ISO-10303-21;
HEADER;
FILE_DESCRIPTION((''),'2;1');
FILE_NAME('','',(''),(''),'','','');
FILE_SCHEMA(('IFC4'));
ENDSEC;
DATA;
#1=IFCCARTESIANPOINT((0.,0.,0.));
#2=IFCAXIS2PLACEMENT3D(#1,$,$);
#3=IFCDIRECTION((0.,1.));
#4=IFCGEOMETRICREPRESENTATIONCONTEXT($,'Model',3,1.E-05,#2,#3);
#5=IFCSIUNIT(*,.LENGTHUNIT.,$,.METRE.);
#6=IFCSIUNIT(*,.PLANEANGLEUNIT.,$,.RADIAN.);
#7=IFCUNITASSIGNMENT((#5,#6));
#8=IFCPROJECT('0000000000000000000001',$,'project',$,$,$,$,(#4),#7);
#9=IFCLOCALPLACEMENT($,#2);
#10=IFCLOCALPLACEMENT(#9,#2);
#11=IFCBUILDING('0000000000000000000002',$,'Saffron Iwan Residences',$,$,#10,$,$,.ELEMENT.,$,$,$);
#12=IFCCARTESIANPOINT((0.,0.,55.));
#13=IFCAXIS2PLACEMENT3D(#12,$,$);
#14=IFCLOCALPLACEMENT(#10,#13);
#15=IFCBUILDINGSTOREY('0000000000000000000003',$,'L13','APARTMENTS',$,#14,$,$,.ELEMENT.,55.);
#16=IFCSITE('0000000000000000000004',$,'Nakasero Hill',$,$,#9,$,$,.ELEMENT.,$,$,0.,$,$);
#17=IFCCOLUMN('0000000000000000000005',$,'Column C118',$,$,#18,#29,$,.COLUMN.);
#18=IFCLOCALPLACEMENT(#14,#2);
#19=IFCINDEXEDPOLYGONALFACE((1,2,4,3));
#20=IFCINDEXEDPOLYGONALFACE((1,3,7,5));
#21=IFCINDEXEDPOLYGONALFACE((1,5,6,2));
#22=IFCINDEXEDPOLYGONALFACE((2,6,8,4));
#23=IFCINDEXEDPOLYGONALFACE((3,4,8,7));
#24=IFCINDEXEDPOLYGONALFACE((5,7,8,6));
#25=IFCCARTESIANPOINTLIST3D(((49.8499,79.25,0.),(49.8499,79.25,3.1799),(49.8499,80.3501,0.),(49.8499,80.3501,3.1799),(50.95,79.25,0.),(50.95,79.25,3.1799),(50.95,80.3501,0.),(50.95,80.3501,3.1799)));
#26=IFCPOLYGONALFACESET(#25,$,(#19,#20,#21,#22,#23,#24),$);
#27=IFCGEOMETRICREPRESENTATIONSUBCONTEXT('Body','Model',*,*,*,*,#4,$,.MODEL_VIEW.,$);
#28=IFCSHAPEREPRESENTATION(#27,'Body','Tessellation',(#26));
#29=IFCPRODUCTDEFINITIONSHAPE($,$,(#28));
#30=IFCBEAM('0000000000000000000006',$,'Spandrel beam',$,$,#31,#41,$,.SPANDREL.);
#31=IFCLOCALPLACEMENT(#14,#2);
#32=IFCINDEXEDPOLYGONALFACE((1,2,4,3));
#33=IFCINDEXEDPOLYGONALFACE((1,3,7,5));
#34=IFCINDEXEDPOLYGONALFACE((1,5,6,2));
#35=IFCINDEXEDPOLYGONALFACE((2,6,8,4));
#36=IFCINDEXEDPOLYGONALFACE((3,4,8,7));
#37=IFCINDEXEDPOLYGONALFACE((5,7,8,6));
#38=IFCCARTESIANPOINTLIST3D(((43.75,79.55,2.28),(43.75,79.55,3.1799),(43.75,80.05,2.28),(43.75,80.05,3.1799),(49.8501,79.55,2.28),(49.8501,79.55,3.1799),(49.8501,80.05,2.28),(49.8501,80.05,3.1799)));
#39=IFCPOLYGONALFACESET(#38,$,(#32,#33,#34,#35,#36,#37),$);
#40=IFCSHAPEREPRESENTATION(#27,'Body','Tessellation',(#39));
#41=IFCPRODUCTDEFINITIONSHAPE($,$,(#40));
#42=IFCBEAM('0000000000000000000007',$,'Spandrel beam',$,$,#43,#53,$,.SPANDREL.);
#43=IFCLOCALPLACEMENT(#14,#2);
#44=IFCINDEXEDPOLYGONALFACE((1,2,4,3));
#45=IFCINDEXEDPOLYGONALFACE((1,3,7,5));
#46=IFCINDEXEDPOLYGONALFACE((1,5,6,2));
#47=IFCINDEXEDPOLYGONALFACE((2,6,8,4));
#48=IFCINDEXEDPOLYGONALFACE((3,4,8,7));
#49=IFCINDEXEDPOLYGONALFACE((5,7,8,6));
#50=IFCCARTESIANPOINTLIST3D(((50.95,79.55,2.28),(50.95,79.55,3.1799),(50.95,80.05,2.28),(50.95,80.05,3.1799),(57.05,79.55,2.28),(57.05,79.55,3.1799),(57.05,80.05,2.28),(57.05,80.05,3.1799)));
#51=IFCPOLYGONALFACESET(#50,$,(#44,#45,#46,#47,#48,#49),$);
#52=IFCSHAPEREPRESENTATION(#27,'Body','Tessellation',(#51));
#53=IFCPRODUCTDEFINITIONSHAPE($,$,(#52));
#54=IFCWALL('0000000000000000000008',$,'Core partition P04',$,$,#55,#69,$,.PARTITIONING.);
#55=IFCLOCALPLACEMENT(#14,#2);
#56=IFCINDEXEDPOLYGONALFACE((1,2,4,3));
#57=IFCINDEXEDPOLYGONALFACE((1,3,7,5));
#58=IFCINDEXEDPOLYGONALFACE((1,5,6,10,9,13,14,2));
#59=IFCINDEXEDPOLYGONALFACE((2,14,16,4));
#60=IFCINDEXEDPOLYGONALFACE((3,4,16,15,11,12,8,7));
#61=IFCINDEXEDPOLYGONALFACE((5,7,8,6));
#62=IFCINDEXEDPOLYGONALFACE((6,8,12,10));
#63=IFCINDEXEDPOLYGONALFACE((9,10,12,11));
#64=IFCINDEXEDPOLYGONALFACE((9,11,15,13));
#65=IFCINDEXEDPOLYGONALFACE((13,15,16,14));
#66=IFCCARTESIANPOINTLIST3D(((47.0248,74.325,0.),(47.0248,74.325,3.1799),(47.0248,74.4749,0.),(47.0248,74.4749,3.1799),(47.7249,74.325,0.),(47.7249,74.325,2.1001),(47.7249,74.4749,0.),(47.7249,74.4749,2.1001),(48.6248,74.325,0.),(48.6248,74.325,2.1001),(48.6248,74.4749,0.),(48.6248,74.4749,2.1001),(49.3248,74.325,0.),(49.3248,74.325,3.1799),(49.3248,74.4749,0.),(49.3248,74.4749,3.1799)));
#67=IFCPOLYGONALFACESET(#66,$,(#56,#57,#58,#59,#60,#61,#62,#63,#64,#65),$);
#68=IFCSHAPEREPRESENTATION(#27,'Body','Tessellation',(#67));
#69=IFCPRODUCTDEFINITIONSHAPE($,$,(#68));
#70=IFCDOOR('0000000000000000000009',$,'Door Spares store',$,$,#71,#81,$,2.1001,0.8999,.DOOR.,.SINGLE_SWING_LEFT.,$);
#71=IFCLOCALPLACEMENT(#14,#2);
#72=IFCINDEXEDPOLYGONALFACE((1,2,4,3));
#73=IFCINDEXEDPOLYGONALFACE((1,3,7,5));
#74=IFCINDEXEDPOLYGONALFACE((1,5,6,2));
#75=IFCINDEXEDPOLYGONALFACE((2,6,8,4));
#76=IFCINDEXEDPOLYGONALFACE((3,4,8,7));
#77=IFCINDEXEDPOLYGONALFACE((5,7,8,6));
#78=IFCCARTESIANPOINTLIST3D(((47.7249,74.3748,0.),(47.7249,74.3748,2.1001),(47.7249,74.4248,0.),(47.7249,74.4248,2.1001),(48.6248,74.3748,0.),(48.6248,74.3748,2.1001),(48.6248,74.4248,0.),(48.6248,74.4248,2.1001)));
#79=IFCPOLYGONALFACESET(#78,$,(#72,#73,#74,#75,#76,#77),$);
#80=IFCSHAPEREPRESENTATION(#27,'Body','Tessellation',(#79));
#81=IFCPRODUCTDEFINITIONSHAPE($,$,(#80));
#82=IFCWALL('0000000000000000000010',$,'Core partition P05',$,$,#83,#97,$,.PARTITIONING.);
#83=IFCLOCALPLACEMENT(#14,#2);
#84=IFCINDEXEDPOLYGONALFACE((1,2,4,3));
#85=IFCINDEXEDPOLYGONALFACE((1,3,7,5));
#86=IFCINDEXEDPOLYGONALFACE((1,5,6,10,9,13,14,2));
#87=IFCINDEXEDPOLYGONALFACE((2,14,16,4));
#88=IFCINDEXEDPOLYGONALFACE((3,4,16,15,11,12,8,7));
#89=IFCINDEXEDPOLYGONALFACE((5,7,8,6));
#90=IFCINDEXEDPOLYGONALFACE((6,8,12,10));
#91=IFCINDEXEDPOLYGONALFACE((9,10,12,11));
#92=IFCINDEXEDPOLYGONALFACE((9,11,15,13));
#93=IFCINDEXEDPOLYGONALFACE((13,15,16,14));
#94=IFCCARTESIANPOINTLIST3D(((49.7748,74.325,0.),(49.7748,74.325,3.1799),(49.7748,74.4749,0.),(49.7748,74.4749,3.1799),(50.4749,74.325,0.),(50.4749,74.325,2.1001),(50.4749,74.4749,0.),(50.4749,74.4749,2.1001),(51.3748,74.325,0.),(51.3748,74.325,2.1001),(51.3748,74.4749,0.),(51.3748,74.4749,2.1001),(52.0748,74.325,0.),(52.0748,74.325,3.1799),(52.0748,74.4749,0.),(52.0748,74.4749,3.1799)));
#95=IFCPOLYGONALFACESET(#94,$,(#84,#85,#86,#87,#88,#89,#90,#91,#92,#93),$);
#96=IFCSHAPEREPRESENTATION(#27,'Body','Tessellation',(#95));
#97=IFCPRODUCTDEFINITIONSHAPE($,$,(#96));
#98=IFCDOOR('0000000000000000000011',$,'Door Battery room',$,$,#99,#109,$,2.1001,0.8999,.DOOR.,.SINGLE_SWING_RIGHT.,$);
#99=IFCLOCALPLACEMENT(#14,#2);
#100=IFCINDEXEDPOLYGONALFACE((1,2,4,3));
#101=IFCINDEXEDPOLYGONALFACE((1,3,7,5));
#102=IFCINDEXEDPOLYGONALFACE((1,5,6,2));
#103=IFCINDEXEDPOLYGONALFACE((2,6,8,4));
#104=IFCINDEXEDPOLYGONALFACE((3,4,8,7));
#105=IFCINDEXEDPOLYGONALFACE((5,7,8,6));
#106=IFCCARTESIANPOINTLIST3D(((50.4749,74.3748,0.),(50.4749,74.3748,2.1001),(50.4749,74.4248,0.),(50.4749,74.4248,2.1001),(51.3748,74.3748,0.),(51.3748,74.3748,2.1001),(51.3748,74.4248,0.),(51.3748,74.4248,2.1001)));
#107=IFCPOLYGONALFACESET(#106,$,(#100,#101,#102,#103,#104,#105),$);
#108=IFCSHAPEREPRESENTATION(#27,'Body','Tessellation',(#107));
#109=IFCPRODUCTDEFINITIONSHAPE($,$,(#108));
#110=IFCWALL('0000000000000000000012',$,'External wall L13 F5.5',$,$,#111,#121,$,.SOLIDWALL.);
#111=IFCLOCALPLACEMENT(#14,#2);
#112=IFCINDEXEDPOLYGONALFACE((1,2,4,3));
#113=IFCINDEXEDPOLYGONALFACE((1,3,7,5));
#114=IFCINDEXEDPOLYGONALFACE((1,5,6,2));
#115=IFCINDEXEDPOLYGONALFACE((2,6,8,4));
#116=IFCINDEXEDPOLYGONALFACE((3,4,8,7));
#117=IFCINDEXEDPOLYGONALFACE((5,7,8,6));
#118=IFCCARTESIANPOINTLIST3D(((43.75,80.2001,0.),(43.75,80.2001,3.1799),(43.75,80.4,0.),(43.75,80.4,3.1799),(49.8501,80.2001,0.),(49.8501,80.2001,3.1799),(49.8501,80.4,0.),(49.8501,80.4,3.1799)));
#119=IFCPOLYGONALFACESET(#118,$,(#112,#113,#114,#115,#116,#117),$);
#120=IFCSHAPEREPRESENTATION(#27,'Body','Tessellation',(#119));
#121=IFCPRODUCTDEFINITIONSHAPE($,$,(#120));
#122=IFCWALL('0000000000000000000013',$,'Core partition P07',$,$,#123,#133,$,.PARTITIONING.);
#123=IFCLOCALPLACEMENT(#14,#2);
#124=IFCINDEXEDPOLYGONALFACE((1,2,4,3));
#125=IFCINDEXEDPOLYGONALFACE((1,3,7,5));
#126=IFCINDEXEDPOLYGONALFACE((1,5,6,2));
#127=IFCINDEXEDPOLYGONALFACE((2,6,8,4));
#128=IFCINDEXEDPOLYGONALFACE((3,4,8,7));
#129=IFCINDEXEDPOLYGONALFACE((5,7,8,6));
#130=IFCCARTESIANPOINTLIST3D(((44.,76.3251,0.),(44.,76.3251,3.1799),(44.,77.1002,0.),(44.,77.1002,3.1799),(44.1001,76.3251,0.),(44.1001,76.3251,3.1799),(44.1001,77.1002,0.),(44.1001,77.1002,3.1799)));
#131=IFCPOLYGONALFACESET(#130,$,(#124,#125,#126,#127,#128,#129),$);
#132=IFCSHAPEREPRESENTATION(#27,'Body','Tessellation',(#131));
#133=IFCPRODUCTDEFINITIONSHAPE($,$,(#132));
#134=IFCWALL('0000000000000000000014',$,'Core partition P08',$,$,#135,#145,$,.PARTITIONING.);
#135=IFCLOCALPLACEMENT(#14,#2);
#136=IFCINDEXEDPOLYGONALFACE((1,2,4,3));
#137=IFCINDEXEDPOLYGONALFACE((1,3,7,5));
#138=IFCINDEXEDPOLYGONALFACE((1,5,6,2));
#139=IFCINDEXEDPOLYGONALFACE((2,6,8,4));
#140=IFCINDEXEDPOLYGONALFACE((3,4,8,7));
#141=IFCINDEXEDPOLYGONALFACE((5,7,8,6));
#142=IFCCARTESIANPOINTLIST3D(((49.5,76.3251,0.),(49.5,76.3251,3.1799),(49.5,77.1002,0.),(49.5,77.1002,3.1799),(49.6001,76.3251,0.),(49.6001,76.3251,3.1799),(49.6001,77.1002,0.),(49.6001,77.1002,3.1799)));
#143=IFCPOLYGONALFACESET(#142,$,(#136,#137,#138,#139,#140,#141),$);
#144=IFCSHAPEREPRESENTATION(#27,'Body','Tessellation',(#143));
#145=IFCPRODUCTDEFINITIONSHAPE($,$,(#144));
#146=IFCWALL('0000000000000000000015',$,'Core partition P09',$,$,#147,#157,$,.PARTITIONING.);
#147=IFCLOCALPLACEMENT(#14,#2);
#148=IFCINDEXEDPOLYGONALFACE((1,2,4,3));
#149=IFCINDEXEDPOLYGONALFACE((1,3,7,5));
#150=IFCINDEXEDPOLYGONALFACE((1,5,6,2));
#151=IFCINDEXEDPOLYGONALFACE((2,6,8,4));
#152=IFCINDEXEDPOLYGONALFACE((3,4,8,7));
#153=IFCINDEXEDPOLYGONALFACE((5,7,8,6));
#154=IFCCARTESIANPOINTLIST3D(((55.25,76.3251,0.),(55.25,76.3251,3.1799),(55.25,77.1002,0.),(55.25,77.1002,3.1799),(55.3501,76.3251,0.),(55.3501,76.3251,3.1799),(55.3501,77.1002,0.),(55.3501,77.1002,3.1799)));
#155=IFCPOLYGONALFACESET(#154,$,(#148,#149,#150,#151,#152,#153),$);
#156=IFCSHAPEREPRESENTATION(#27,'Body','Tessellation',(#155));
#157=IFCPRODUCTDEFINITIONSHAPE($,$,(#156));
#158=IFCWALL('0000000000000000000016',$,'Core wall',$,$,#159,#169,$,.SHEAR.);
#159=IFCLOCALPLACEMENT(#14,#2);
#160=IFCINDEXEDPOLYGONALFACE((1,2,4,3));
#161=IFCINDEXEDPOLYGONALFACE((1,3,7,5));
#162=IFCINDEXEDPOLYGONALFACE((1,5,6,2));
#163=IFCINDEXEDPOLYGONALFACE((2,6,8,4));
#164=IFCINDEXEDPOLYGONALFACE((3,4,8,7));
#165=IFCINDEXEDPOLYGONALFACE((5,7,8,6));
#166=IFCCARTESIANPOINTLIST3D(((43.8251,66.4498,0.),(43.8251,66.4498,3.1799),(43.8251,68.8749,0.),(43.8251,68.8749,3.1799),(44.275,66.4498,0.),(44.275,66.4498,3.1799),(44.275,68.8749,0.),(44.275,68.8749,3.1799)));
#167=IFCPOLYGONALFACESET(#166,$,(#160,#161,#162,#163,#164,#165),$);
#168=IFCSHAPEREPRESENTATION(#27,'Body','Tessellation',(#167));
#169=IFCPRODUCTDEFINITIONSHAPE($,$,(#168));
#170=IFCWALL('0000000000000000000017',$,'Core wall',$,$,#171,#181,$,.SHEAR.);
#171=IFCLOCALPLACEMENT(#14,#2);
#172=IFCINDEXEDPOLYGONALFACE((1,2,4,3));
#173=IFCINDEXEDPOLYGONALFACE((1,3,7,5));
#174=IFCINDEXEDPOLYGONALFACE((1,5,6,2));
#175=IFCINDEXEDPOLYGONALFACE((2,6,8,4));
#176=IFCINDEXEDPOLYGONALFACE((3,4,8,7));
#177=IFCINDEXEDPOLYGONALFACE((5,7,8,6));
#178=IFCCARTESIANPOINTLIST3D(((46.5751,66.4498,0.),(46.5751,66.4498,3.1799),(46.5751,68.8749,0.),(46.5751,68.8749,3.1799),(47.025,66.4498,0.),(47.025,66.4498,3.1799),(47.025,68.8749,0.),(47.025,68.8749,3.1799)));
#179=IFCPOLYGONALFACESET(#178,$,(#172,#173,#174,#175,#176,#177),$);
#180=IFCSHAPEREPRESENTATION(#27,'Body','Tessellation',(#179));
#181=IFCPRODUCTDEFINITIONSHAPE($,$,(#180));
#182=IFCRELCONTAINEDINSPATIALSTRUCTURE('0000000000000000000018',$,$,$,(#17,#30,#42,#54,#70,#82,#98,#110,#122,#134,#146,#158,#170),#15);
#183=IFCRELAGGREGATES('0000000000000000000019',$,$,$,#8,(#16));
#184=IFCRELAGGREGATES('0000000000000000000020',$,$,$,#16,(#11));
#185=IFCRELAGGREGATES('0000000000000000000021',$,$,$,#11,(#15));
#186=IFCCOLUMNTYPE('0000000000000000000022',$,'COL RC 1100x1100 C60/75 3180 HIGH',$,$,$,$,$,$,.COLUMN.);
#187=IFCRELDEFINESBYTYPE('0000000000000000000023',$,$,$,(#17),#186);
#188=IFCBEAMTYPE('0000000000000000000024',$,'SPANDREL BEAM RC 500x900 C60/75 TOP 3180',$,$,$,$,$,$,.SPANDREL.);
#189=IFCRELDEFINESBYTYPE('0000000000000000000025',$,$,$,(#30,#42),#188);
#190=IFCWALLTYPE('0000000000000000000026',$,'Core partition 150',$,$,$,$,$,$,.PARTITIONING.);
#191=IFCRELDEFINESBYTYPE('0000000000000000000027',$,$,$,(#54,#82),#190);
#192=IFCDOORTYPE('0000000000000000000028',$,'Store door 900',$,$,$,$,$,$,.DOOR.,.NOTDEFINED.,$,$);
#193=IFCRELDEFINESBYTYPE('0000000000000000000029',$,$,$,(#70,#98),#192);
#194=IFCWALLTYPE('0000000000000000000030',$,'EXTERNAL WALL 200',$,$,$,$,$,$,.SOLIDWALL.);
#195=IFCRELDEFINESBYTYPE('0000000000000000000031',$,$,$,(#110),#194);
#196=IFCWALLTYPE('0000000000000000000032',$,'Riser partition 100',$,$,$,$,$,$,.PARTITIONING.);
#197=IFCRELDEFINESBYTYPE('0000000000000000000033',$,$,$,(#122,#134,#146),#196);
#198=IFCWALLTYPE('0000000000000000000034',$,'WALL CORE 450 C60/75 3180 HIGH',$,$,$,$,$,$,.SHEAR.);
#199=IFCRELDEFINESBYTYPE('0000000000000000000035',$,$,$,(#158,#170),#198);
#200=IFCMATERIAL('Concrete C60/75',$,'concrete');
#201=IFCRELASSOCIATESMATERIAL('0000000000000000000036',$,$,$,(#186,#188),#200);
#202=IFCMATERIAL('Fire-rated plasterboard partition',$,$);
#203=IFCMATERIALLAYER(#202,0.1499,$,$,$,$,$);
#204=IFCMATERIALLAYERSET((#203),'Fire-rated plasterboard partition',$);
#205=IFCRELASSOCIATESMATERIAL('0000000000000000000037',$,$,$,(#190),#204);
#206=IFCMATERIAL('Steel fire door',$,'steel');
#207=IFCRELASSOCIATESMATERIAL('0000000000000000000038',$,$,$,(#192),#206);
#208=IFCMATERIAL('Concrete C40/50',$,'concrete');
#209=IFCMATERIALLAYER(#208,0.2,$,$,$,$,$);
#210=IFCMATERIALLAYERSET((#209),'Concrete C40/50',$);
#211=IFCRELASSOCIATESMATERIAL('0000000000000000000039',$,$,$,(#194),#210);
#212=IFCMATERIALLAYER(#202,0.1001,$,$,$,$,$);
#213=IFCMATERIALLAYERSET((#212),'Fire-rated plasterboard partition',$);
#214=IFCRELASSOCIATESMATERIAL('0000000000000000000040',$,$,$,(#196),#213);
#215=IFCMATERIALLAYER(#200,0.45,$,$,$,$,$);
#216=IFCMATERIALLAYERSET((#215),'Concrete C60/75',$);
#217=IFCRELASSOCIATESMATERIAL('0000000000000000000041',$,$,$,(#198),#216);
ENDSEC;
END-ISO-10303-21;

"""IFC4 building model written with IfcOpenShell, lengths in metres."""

from ifc_helpers import new_model, si_unit, direction, frame, frame_2d, origin, origin_2d, place, context, subcontext, project, spatial, rectangle, extrude, source, transform, mapped, material, layer, layer_set, material_profile, profile_set, type_object, element, fill, save


model = new_model("IFC4")

# Units and contexts
model_context = context("Model", 3, precision=1e-05, world=origin(), true_north=direction((0.0, 1.0)))
body_context = subcontext(model_context, "Body", "Model", "MODEL_VIEW")
ifc_project = project(units=[si_unit("LENGTHUNIT", "METRE"), si_unit("PLANEANGLEUNIT", "RADIAN")], contexts=[model_context])

# Site, building, storey
site_placement = place(None, origin())
site = spatial("IfcSite", under=ifc_project, at=site_placement, Name="Nakasero Hill", CompositionType="ELEMENT", RefElevation=0.0)
building_placement = place(site_placement, origin())
building = spatial("IfcBuilding", under=site, at=building_placement, Name="Saffron Iwan Residences", CompositionType="ELEMENT")
storey_placement = place(building_placement, frame((0.0, 0.0, 55.0)))
storey = spatial("IfcBuildingStorey", under=building, at=storey_placement, Name="L13", Description="APARTMENTS", CompositionType="ELEMENT", Elevation=55.0)

# Column
ifc_material_1 = material(Name="Concrete C60/75", Category="concrete")
ifc_material_profile_1 = material_profile(ifc_material_1, rectangle(XDim=1.1001, YDim=1.1001, at=origin_2d()), Name="RC 1100x1100")
ifc_profile_set_1 = profile_set([ifc_material_profile_1], Name="Concrete C60/75")
column_type = type_object("IfcColumnType", Name="COL RC 1100x1100 C60/75 3180 HIGH", PredefinedType="COLUMN", material=ifc_profile_set_1)
shared_shape_1 = source(origin(), body_context, "Body", "SweptSolid", [
    extrude(rectangle(XDim=1.1001, YDim=1.1001, at=origin_2d()), origin(), (0.0, 0.0, 1.0), 3.1799),
])
column_placement = place(storey_placement, frame((50.3999, 79.8, 0.0), z_axis=(0.0, 0.0, 1.0), x_axis=(1.0, 0.0, 0.0)))
element("IfcColumn", 1, at=column_placement, inside=storey, type_object=column_type, Name="Column C118", PredefinedType="COLUMN", context=body_context, shape_type="MappedRepresentation", body=[
    mapped(shared_shape_1, transform((0.0, 0.0, 0.0))),
])

# Beams
ifc_material_profile_2 = material_profile(ifc_material_1, rectangle(XDim=0.5, YDim=0.8999, at=origin_2d()), Name="RC 500x900")
ifc_profile_set_2 = profile_set([ifc_material_profile_2], Name="Concrete C60/75")
beam_type = type_object("IfcBeamType", Name="SPANDREL BEAM RC 500x900 C60/75 TOP 3180", PredefinedType="SPANDREL", material=ifc_profile_set_2)
shared_shape_2 = source(origin(), body_context, "Body", "SweptSolid", [
    extrude(rectangle(XDim=0.5, YDim=0.8999, at=origin_2d()), origin(), (0.0, 0.0, 1.0), 6.1001),
])
for number, where, z_axis, x_axis, name in (
    (2, (43.75, 79.8, 2.73), (1.0, 0.0, 0.0), (0.0, 1.0, 0.0), "Spandrel beam"),
    (3, (50.95, 79.8, 2.73), (1.0, 0.0, 0.0), (0.0, 1.0, 0.0), "Spandrel beam"),
):
    element("IfcBeam", number, at=place(storey_placement, frame(where, z_axis=z_axis, x_axis=x_axis)), inside=storey, type_object=beam_type, Name=name, PredefinedType="SPANDREL", context=body_context, shape_type="MappedRepresentation", body=[
        mapped(shared_shape_2, transform((0.0, 0.0, 0.0))),
    ])

# Walls, openings, doors
ifc_material_2 = material(Name="Fire-rated plasterboard partition")
ifc_layer_1 = layer(ifc_material_2, 0.1499)
ifc_layer_set_1 = layer_set([ifc_layer_1], Name="Fire-rated plasterboard partition")
wall_type_1 = type_object("IfcWallType", Name="Core partition 150", PredefinedType="PARTITIONING", material=ifc_layer_set_1)
wall_1_placement = place(storey_placement, frame((47.0249, 74.3999, 0.0), z_axis=(0.0, 0.0, 1.0), x_axis=(1.0, 0.0, 0.0)))
wall_1 = element("IfcWall", 4, at=wall_1_placement, inside=storey, type_object=wall_type_1, Name="Core partition P04", PredefinedType="PARTITIONING", context=body_context, shape_type="SweptSolid", body=[
    extrude(rectangle(XDim=2.3, YDim=0.1499, at=frame_2d((1.1499, 0.0))), origin(), (0.0, 0.0, 1.0), 3.1799),
])
opening_1_placement = place(wall_1_placement, frame((0.7, 0.0, 0.0)))
opening_1 = element("IfcOpeningElement", 5, at=opening_1_placement, cuts=wall_1, PredefinedType="OPENING", context=body_context, shape_type="SweptSolid", body=[
    extrude(rectangle(XDim=0.8999, YDim=2.1001, at=frame_2d((0.45, 1.05))), frame((0.0, 0.085, 0.0), z_axis=(0.0, -1.0, 0.0), x_axis=(1.0, 0.0, 0.0)), (0.0, 0.0, 1.0), 0.1699),
])
ifc_material_3 = material(Name="Steel fire door", Category="steel")
door_type = type_object("IfcDoorType", Name="Store door 900", OperationType="NOTDEFINED", PredefinedType="DOOR", material=ifc_material_3)
door_1_placement = place(opening_1_placement, origin())
door_1 = element("IfcDoor", 6, at=door_1_placement, inside=storey, type_object=door_type, Name="Door Spares store", OperationType="SINGLE_SWING_LEFT", OverallHeight=2.1001, OverallWidth=0.8999, PredefinedType="DOOR", context=body_context, shape_type="SweptSolid", body=[
    extrude(rectangle(XDim=0.8999, YDim=2.1001, at=frame_2d((0.45, 1.05))), frame((0.0, 0.0249, 0.0), z_axis=(0.0, -1.0, 0.0), x_axis=(1.0, 0.0, 0.0)), (0.0, 0.0, 1.0), 0.05),
])
fill(opening_1, door_1)
wall_2_placement = place(storey_placement, frame((49.7749, 74.3999, 0.0), z_axis=(0.0, 0.0, 1.0), x_axis=(1.0, 0.0, 0.0)))
wall_2 = element("IfcWall", 7, at=wall_2_placement, inside=storey, type_object=wall_type_1, Name="Core partition P05", PredefinedType="PARTITIONING", context=body_context, shape_type="SweptSolid", body=[
    extrude(rectangle(XDim=2.3, YDim=0.1499, at=frame_2d((1.1499, 0.0))), origin(), (0.0, 0.0, 1.0), 3.1799),
])
opening_2_placement = place(wall_2_placement, frame((0.7, 0.0, 0.0)))
opening_2 = element("IfcOpeningElement", 8, at=opening_2_placement, cuts=wall_2, PredefinedType="OPENING", context=body_context, shape_type="SweptSolid", body=[
    extrude(rectangle(XDim=0.8999, YDim=2.1001, at=frame_2d((0.45, 1.05))), frame((0.0, 0.085, 0.0), z_axis=(0.0, -1.0, 0.0), x_axis=(1.0, 0.0, 0.0)), (0.0, 0.0, 1.0), 0.1699),
])
door_2_placement = place(opening_2_placement, origin())
door_2 = element("IfcDoor", 9, at=door_2_placement, inside=storey, type_object=door_type, Name="Door Battery room", OperationType="SINGLE_SWING_RIGHT", OverallHeight=2.1001, OverallWidth=0.8999, PredefinedType="DOOR", context=body_context, shape_type="SweptSolid", body=[
    extrude(rectangle(XDim=0.8999, YDim=2.1001, at=frame_2d((0.45, 1.05))), frame((0.0, 0.0249, 0.0), z_axis=(0.0, -1.0, 0.0), x_axis=(1.0, 0.0, 0.0)), (0.0, 0.0, 1.0), 0.05),
])
fill(opening_2, door_2)

# Walls
ifc_material_4 = material(Name="Concrete C40/50", Category="concrete")
ifc_layer_2 = layer(ifc_material_4, 0.2)
ifc_layer_set_2 = layer_set([ifc_layer_2], Name="Concrete C40/50")
wall_type_2 = type_object("IfcWallType", Name="EXTERNAL WALL 200", PredefinedType="SOLIDWALL", material=ifc_layer_set_2)
wall_3_placement = place(storey_placement, frame((49.8501, 80.3, 0.0), z_axis=(0.0, 0.0, 1.0), x_axis=(-1.0, 0.0, 0.0)))
element("IfcWall", 10, at=wall_3_placement, inside=storey, type_object=wall_type_2, Name="External wall L13 F5.5", PredefinedType="SOLIDWALL", context=body_context, shape_type="SweptSolid", body=[
    extrude(rectangle(XDim=6.1001, YDim=0.2, at=frame_2d((3.05, 0.0))), origin(), (0.0, 0.0, 1.0), 3.1799),
])
ifc_layer_3 = layer(ifc_material_2, 0.1001)
ifc_layer_set_3 = layer_set([ifc_layer_3], Name="Fire-rated plasterboard partition")
wall_type_3 = type_object("IfcWallType", Name="Riser partition 100", PredefinedType="PARTITIONING", material=ifc_layer_set_3)
for number, where, z_axis, x_axis, name in (
    (11, (44.05, 76.325, 0.0), (0.0, 0.0, 1.0), (0.0, 1.0, 0.0), "Core partition P07"),
    (12, (49.55, 76.325, 0.0), (0.0, 0.0, 1.0), (0.0, 1.0, 0.0), "Core partition P08"),
    (13, (55.3, 76.325, 0.0), (0.0, 0.0, 1.0), (0.0, 1.0, 0.0), "Core partition P09"),
):
    element("IfcWall", number, at=place(storey_placement, frame(where, z_axis=z_axis, x_axis=x_axis)), inside=storey, type_object=wall_type_3, Name=name, PredefinedType="PARTITIONING", context=body_context, shape_type="SweptSolid", body=[
        extrude(rectangle(XDim=0.7751, YDim=0.1001, at=frame_2d((0.3877, 0.0))), origin(), (0.0, 0.0, 1.0), 3.1799),
    ])
ifc_layer_4 = layer(ifc_material_1, 0.45)
ifc_layer_set_4 = layer_set([ifc_layer_4], Name="Concrete C60/75")
wall_type_4 = type_object("IfcWallType", Name="WALL CORE 450 C60/75 3180 HIGH", PredefinedType="SHEAR", material=ifc_layer_set_4)
for number, where, z_axis, x_axis, name in (
    (14, (44.05, 66.45, 0.0), (0.0, 0.0, 1.0), (0.0, 1.0, 0.0), "Core wall"),
    (15, (46.8, 66.45, 0.0), (0.0, 0.0, 1.0), (0.0, 1.0, 0.0), "Core wall"),
):
    element("IfcWall", number, at=place(storey_placement, frame(where, z_axis=z_axis, x_axis=x_axis)), inside=storey, type_object=wall_type_4, Name=name, PredefinedType="SHEAR", context=body_context, shape_type="SweptSolid", body=[
        extrude(rectangle(XDim=2.425, YDim=0.45, at=frame_2d((1.2124, 0.0))), origin(), (0.0, 0.0, 1.0), 3.1799),
    ])

save(model, "model.ifc")
